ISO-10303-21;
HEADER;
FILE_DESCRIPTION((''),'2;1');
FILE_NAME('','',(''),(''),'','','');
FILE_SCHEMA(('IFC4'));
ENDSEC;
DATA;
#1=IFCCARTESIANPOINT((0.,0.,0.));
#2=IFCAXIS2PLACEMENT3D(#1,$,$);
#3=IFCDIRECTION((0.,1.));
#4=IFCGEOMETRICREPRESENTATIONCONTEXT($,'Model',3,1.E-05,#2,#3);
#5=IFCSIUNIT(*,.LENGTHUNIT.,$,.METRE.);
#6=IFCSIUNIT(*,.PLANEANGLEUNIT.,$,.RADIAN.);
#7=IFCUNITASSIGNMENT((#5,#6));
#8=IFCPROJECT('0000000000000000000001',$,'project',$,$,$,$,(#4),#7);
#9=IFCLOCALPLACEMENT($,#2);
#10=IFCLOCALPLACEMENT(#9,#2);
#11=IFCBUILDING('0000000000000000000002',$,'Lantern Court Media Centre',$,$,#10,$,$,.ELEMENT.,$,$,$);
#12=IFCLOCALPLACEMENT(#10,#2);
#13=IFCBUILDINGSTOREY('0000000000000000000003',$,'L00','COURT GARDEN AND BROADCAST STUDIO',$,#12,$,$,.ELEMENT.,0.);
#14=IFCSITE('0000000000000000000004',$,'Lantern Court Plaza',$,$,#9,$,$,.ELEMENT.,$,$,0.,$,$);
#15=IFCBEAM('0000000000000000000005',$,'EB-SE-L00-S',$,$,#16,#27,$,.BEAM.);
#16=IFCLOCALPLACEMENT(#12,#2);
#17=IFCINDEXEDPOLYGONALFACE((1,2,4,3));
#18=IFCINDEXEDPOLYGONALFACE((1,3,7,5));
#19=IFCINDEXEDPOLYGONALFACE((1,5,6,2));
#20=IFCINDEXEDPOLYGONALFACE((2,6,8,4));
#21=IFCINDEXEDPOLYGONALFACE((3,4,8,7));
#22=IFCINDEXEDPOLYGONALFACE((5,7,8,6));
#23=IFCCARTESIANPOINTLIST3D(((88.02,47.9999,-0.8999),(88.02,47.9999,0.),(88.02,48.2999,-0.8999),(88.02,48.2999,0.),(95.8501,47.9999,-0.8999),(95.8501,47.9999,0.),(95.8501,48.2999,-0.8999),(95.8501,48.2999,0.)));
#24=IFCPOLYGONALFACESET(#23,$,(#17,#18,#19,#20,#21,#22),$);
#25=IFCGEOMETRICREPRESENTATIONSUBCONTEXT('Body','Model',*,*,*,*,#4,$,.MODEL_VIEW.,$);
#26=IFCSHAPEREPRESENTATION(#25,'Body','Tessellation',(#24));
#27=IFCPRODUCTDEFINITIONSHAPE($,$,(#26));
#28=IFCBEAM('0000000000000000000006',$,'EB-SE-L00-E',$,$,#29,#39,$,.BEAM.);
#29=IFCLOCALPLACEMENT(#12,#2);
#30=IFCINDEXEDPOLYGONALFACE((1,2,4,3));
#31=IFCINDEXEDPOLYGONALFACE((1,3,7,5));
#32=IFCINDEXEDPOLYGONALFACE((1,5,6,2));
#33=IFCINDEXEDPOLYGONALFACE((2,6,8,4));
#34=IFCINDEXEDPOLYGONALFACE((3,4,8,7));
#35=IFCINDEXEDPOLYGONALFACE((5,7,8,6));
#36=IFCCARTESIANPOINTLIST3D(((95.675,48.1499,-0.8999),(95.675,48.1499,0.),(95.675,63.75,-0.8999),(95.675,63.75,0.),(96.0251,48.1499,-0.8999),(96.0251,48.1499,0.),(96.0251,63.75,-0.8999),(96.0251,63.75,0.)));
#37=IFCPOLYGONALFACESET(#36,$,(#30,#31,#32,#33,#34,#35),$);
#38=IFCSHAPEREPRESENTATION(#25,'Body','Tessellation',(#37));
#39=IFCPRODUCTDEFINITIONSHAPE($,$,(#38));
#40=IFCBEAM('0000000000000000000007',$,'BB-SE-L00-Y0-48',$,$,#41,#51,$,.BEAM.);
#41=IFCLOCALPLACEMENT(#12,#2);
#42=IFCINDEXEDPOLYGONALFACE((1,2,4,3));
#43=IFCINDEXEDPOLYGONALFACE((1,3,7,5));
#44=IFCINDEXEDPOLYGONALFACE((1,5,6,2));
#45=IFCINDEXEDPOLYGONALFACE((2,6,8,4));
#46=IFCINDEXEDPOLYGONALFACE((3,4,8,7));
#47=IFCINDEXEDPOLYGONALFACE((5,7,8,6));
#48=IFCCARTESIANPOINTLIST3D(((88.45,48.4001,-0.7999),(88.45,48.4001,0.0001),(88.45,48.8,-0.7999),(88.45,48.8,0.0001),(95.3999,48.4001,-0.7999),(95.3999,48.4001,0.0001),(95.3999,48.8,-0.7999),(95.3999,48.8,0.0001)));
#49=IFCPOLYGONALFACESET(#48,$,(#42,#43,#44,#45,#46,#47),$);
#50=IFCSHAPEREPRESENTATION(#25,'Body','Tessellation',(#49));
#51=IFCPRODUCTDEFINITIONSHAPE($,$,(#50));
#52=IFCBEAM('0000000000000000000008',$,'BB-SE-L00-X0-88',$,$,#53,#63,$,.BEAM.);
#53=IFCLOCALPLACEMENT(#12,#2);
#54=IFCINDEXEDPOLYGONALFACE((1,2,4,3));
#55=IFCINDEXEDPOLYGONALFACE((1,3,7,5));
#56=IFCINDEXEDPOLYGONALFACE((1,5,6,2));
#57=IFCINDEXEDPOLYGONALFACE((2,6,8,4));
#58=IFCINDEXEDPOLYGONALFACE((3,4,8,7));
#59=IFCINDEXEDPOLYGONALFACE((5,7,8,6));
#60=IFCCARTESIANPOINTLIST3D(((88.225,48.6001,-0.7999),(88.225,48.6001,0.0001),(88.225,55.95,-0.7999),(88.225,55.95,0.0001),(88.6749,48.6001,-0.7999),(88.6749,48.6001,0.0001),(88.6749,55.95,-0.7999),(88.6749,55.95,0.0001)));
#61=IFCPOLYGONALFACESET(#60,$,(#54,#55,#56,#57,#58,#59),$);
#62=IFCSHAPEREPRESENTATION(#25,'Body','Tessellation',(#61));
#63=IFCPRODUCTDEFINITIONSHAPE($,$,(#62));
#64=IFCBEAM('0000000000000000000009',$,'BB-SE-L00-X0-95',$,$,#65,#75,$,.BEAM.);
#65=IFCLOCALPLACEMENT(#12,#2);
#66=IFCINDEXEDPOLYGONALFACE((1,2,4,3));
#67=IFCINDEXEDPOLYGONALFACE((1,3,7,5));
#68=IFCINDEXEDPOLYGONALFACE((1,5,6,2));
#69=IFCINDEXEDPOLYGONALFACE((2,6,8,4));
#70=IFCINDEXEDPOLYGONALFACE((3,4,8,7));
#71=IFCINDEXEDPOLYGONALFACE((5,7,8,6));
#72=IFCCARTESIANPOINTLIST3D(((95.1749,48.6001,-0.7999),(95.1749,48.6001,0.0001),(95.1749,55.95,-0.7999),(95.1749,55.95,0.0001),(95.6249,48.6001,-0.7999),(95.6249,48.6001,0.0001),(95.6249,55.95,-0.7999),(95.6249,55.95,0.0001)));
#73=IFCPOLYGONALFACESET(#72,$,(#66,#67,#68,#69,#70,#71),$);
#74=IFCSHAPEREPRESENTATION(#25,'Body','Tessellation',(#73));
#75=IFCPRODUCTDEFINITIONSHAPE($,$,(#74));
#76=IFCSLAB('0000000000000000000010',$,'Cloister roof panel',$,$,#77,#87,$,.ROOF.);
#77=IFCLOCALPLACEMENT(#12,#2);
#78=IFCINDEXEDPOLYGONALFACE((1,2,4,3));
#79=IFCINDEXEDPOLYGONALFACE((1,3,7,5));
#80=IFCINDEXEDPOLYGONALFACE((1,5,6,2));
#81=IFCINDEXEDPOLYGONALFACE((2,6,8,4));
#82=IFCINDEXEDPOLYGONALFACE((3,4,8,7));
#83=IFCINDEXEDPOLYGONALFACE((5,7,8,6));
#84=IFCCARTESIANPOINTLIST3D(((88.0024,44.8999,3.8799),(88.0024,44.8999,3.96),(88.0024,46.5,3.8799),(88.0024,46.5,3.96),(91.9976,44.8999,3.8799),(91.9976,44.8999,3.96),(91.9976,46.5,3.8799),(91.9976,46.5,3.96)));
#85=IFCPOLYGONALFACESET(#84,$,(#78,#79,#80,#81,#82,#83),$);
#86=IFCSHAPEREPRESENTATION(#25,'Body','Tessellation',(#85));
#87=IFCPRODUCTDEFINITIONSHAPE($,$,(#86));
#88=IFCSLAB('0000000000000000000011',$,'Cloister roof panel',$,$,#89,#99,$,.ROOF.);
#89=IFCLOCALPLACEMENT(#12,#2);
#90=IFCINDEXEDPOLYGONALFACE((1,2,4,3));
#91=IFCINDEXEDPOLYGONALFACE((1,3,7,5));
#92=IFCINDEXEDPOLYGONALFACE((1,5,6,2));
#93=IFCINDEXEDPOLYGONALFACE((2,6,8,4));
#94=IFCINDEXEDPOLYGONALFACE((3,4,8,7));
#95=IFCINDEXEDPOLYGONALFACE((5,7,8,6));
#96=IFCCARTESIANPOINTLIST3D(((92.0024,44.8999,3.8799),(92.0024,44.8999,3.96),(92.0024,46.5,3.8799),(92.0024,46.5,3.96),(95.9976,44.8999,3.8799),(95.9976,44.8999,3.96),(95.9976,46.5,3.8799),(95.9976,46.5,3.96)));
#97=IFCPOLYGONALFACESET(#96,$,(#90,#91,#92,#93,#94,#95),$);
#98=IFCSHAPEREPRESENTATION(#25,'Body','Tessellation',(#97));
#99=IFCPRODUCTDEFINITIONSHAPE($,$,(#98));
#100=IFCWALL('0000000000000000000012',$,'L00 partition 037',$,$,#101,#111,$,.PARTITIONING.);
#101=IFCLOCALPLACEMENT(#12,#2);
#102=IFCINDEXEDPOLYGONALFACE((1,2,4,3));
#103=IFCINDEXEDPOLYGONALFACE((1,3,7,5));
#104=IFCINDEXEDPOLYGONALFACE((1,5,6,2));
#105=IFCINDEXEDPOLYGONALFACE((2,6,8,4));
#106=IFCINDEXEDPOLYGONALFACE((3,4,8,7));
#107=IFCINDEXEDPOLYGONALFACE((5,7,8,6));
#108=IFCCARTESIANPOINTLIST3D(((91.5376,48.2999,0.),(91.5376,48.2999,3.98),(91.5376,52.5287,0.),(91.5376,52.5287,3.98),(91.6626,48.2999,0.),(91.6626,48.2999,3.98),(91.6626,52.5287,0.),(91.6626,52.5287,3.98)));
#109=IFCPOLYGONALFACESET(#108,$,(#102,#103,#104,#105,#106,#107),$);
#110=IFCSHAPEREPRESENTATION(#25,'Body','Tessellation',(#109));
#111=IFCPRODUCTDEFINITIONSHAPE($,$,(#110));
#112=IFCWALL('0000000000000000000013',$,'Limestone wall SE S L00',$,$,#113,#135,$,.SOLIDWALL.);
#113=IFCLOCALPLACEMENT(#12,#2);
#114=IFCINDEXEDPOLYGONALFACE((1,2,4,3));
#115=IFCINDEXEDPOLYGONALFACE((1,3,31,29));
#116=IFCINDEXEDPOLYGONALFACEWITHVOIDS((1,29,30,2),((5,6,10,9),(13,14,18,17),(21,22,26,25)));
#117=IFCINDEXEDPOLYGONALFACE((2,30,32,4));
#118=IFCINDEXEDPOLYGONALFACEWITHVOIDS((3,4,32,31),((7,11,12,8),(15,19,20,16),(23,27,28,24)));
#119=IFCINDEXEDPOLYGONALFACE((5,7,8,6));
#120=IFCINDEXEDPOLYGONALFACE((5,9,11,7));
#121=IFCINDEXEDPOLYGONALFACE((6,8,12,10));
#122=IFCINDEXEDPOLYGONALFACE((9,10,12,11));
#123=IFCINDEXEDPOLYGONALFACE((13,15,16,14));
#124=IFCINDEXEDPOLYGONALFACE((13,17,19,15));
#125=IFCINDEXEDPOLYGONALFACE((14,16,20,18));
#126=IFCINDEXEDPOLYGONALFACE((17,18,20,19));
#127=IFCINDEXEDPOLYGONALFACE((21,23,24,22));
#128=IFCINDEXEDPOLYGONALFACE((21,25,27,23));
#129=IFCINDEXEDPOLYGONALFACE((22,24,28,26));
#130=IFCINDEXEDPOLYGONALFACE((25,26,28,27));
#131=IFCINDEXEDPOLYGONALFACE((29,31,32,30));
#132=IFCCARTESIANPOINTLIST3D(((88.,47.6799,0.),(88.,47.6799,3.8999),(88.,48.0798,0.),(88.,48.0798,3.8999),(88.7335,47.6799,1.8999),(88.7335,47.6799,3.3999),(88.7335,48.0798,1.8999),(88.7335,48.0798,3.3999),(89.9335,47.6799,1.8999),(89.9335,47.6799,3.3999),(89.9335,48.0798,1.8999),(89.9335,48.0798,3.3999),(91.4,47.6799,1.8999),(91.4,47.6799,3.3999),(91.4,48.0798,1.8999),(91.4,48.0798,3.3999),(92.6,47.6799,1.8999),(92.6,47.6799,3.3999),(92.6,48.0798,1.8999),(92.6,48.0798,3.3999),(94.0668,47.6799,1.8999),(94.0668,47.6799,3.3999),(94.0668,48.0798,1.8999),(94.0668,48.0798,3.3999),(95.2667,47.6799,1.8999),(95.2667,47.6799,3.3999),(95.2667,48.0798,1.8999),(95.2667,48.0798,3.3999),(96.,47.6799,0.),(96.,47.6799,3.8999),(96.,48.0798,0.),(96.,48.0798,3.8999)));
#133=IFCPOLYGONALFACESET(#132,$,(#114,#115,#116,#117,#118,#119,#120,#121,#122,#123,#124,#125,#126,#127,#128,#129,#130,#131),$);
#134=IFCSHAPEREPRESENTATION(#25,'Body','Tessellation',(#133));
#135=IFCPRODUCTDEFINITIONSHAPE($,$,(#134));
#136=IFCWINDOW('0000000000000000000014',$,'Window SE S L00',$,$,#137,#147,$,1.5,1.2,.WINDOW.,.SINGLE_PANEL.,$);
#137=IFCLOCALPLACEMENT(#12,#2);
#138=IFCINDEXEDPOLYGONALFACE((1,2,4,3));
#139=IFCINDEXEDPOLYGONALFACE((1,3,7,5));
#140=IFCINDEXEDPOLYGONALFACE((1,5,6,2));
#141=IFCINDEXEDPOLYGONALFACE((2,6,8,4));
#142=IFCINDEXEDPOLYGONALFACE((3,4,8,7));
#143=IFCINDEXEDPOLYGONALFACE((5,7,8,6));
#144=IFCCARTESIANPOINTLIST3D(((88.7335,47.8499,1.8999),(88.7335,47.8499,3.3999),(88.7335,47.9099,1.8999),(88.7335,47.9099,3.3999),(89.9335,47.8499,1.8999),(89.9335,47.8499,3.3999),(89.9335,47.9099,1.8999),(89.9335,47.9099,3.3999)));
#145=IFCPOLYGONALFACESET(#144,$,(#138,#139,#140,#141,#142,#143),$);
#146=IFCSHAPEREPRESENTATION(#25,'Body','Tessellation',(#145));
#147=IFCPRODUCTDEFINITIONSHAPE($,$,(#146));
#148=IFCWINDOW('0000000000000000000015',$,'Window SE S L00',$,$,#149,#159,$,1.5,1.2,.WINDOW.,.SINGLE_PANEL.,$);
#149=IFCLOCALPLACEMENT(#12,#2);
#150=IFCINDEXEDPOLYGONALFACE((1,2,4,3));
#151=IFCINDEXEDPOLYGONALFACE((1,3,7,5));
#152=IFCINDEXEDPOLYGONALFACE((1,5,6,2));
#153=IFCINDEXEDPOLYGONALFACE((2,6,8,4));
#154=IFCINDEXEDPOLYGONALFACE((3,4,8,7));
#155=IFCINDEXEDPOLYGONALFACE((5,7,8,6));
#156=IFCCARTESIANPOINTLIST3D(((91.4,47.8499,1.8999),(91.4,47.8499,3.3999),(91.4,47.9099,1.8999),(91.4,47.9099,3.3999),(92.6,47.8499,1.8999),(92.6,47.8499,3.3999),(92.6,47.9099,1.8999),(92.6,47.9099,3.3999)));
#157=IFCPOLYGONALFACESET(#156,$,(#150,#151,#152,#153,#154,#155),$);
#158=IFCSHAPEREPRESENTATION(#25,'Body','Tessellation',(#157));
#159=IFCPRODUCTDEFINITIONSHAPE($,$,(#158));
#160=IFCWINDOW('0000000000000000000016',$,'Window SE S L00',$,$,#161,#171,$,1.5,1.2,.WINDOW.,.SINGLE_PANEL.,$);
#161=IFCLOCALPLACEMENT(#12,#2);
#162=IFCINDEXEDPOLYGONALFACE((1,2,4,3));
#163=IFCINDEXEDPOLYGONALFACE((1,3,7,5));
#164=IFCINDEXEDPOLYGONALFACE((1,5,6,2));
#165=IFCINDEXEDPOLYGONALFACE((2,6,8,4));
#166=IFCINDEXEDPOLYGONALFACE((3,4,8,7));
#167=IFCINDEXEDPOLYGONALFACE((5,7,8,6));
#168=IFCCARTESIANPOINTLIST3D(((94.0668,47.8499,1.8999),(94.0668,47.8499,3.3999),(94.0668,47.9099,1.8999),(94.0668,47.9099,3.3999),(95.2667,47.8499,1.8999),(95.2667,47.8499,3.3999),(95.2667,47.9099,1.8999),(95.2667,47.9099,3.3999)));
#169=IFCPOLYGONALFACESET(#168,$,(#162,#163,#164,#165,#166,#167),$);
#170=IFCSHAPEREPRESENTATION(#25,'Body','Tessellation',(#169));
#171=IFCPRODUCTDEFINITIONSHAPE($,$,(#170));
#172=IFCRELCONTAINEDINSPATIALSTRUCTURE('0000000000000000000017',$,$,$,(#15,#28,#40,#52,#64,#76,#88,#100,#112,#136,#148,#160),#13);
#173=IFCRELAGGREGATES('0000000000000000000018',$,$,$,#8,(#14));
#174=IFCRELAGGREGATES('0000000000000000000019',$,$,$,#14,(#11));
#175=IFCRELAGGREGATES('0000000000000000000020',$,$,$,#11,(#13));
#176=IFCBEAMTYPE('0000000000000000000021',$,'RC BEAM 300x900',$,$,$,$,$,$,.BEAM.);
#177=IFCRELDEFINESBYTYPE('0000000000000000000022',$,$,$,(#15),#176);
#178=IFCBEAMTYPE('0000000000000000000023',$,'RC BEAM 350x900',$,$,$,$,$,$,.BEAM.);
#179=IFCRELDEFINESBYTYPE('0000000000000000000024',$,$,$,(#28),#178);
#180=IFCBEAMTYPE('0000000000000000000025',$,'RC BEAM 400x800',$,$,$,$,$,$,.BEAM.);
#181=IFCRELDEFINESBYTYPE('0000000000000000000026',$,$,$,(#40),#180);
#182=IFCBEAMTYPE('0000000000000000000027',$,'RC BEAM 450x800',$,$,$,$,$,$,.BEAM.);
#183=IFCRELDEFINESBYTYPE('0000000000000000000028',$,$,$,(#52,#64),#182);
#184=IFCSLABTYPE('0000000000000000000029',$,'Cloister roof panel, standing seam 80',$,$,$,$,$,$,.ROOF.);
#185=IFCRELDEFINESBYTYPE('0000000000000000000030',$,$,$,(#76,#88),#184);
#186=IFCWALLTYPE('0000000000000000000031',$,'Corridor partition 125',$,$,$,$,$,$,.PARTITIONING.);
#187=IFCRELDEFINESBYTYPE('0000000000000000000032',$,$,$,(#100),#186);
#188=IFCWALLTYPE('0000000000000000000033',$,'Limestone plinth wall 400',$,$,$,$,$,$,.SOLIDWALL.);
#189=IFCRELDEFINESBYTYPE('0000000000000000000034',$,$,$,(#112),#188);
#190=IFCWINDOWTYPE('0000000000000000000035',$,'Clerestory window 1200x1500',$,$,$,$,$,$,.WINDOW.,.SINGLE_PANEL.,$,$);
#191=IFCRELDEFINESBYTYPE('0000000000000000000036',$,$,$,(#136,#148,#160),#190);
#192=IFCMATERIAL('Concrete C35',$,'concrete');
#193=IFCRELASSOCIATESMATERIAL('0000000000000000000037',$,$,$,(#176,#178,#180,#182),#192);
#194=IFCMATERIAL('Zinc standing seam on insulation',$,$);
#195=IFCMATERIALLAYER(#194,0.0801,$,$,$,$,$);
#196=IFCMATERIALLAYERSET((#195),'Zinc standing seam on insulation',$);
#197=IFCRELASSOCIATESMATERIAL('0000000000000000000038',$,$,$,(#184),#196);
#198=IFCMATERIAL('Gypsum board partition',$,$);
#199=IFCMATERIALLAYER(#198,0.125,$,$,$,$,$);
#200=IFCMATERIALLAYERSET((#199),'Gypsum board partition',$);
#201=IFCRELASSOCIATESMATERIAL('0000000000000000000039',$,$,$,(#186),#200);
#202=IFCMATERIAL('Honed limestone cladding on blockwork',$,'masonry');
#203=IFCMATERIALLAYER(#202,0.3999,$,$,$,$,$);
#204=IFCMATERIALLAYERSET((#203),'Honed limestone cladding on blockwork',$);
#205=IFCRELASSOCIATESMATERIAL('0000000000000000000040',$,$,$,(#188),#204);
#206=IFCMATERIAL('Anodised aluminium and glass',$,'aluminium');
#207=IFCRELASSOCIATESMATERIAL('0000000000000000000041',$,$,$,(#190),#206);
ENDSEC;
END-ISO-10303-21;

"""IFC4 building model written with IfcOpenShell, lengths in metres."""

from ifc_helpers import new_model, si_unit, direction, frame, frame_2d, origin, origin_2d, place, context, subcontext, project, spatial, polyline, rectangle, outline, extrude, material, layer, layer_set, material_profile, profile_set, type_object, element, fill, save


model = new_model("IFC4")

# Units and contexts
model_context = context("Model", 3, precision=1e-05, world=origin(), true_north=direction((0.0, 1.0)))
body_context = subcontext(model_context, "Body", "Model", "MODEL_VIEW")
ifc_project = project(units=[si_unit("LENGTHUNIT", "METRE"), si_unit("PLANEANGLEUNIT", "RADIAN")], contexts=[model_context])

# Site, building, storey
site_placement = place(None, origin())
site = spatial("IfcSite", under=ifc_project, at=site_placement, Name="Lantern Court Plaza", CompositionType="ELEMENT", RefElevation=0.0)
building_placement = place(site_placement, origin())
building = spatial("IfcBuilding", under=site, at=building_placement, Name="Lantern Court Media Centre", CompositionType="ELEMENT")
storey_placement = place(building_placement, origin())
storey = spatial("IfcBuildingStorey", under=building, at=storey_placement, Name="L00", Description="COURT GARDEN AND BROADCAST STUDIO", CompositionType="ELEMENT", Elevation=0.0)

# Shared definitions
ifc_material_1 = material(Name="Concrete C35", Category="concrete")

# Beams
ifc_material_profile_1 = material_profile(ifc_material_1, rectangle(XDim=0.3, YDim=0.8999, at=origin_2d()), Name="RC 300x900")
ifc_profile_set_1 = profile_set([ifc_material_profile_1], Name="Concrete C35")
beam_type_1 = type_object("IfcBeamType", Name="RC BEAM 300x900", PredefinedType="BEAM", material=ifc_profile_set_1)
beam_1_placement = place(storey_placement, frame((88.02, 48.1499, -0.45), z_axis=(1.0, 0.0, 0.0), x_axis=(0.0, 1.0, 0.0)))
element("IfcBeam", 1, at=beam_1_placement, inside=storey, type_object=beam_type_1, Name="EB-SE-L00-S", PredefinedType="BEAM", context=body_context, shape_type="SweptSolid", body=[
    extrude(rectangle(XDim=0.3, YDim=0.8999, at=origin_2d()), origin(), (0.0, 0.0, 1.0), 7.8301),
])
ifc_material_profile_2 = material_profile(ifc_material_1, rectangle(XDim=0.3501, YDim=0.8999, at=origin_2d()), Name="RC 350x900")
ifc_profile_set_2 = profile_set([ifc_material_profile_2], Name="Concrete C35")
beam_type_2 = type_object("IfcBeamType", Name="RC BEAM 350x900", PredefinedType="BEAM", material=ifc_profile_set_2)
beam_2_placement = place(storey_placement, frame((95.8501, 48.1499, -0.45), z_axis=(0.0, 1.0, 0.0), x_axis=(-1.0, 0.0, 0.0)))
element("IfcBeam", 2, at=beam_2_placement, inside=storey, type_object=beam_type_2, Name="EB-SE-L00-E", PredefinedType="BEAM", context=body_context, shape_type="SweptSolid", body=[
    extrude(rectangle(XDim=0.3501, YDim=0.8999, at=origin_2d()), origin(), (0.0, 0.0, 1.0), 15.6001),
])
ifc_material_profile_3 = material_profile(ifc_material_1, rectangle(XDim=0.3999, YDim=0.8, at=origin_2d()), Name="RC 400x800")
ifc_profile_set_3 = profile_set([ifc_material_profile_3], Name="Concrete C35")
beam_type_3 = type_object("IfcBeamType", Name="RC BEAM 400x800", PredefinedType="BEAM", material=ifc_profile_set_3)
beam_3_placement = place(storey_placement, frame((88.45, 48.6001, -0.3999), z_axis=(1.0, 0.0, 0.0), x_axis=(0.0, 1.0, 0.0)))
element("IfcBeam", 3, at=beam_3_placement, inside=storey, type_object=beam_type_3, Name="BB-SE-L00-Y0-48", PredefinedType="BEAM", context=body_context, shape_type="SweptSolid", body=[
    extrude(rectangle(XDim=0.3999, YDim=0.8, at=origin_2d()), origin(), (0.0, 0.0, 1.0), 6.95),
])
ifc_material_profile_4 = material_profile(ifc_material_1, rectangle(XDim=0.45, YDim=0.8, at=origin_2d()), Name="RC 450x800")
ifc_profile_set_4 = profile_set([ifc_material_profile_4], Name="Concrete C35")
beam_type_4 = type_object("IfcBeamType", Name="RC BEAM 450x800", PredefinedType="BEAM", material=ifc_profile_set_4)
for number, where, z_axis, x_axis, name in (
    (4, (88.45, 48.6001, -0.3999), (0.0, 1.0, 0.0), (-1.0, 0.0, 0.0), "BB-SE-L00-X0-88"),
    (5, (95.3999, 48.6001, -0.3999), (0.0, 1.0, 0.0), (-1.0, 0.0, 0.0), "BB-SE-L00-X0-95"),
):
    element("IfcBeam", number, at=place(storey_placement, frame(where, z_axis=z_axis, x_axis=x_axis)), inside=storey, type_object=beam_type_4, Name=name, PredefinedType="BEAM", context=body_context, shape_type="SweptSolid", body=[
        extrude(rectangle(XDim=0.45, YDim=0.8, at=origin_2d()), origin(), (0.0, 0.0, 1.0), 7.3499),
    ])

# Slabs
ifc_material_2 = material(Name="Zinc standing seam on insulation")
ifc_layer_1 = layer(ifc_material_2, 0.0801)
ifc_layer_set_1 = layer_set([ifc_layer_1], Name="Zinc standing seam on insulation")
slab_type = type_object("IfcSlabType", Name="Cloister roof panel, standing seam 80", PredefinedType="ROOF", material=ifc_layer_set_1)
for number, where, z_axis, x_axis, name in (
    (6, (88.0024, 44.8999, 3.96), (0.0, 0.0, 1.0), (1.0, 0.0, 0.0), "Cloister roof panel"),
    (7, (92.0024, 44.8999, 3.96), (0.0, 0.0, 1.0), (1.0, 0.0, 0.0), "Cloister roof panel"),
):
    element("IfcSlab", number, at=place(storey_placement, frame(where, z_axis=z_axis, x_axis=x_axis)), inside=storey, type_object=slab_type, Name=name, PredefinedType="ROOF", context=body_context, shape_type="SweptSolid", body=[
        extrude(outline(polyline([(0.0, 0.0), (3.9951, 0.0), (3.9951, 1.6001), (0.0, 1.6001), (0.0, 0.0)])), origin(), (0.0, 0.0, -1.0), 0.0801),
    ])

# Wall
ifc_material_3 = material(Name="Gypsum board partition")
ifc_layer_2 = layer(ifc_material_3, 0.125)
ifc_layer_set_2 = layer_set([ifc_layer_2], Name="Gypsum board partition")
wall_type_1 = type_object("IfcWallType", Name="Corridor partition 125", PredefinedType="PARTITIONING", material=ifc_layer_set_2)
wall_1_placement = place(storey_placement, frame((91.6001, 48.3, 0.0), z_axis=(0.0, 0.0, 1.0), x_axis=(0.0, 1.0, 0.0)))
element("IfcWall", 8, at=wall_1_placement, inside=storey, type_object=wall_type_1, Name="L00 partition 037", PredefinedType="PARTITIONING", context=body_context, shape_type="SweptSolid", body=[
    extrude(rectangle(XDim=4.2288, YDim=0.125, at=frame_2d((2.1143, 0.0))), origin(), (0.0, 0.0, 1.0), 3.98),
])

# Wall, openings, windows
ifc_material_4 = material(Name="Honed limestone cladding on blockwork", Category="masonry")
ifc_layer_3 = layer(ifc_material_4, 0.3999)
ifc_layer_set_3 = layer_set([ifc_layer_3], Name="Honed limestone cladding on blockwork")
wall_type_2 = type_object("IfcWallType", Name="Limestone plinth wall 400", PredefinedType="SOLIDWALL", material=ifc_layer_set_3)
wall_2_placement = place(storey_placement, frame((88.0, 47.8799, 0.0), z_axis=(0.0, 0.0, 1.0), x_axis=(1.0, 0.0, 0.0)))
wall_2 = element("IfcWall", 9, at=wall_2_placement, inside=storey, type_object=wall_type_2, Name="Limestone wall SE S L00", PredefinedType="SOLIDWALL", context=body_context, shape_type="SweptSolid", body=[
    extrude(rectangle(XDim=8.0, YDim=0.3999, at=frame_2d((4.0, 0.0))), origin(), (0.0, 0.0, 1.0), 3.8999),
])
opening_1_placement = place(wall_2_placement, frame((0.7334, 0.0, 1.8999)))
opening_1 = element("IfcOpeningElement", 10, at=opening_1_placement, cuts=wall_2, PredefinedType="OPENING", context=body_context, shape_type="SweptSolid", body=[
    extrude(rectangle(XDim=1.2, YDim=1.5, at=frame_2d((0.6001, 0.75))), frame((0.0, 0.21, 0.0), z_axis=(0.0, -1.0, 0.0), x_axis=(1.0, 0.0, 0.0)), (0.0, 0.0, 1.0), 0.4199),
])
opening_2_placement = place(wall_2_placement, frame((3.3999, 0.0, 1.8999)))
opening_2 = element("IfcOpeningElement", 11, at=opening_2_placement, cuts=wall_2, PredefinedType="OPENING", context=body_context, shape_type="SweptSolid", body=[
    extrude(rectangle(XDim=1.2, YDim=1.5, at=frame_2d((0.6001, 0.75))), frame((0.0, 0.21, 0.0), z_axis=(0.0, -1.0, 0.0), x_axis=(1.0, 0.0, 0.0)), (0.0, 0.0, 1.0), 0.4199),
])
opening_3_placement = place(wall_2_placement, frame((6.0667, 0.0, 1.8999)))
opening_3 = element("IfcOpeningElement", 12, at=opening_3_placement, cuts=wall_2, PredefinedType="OPENING", context=body_context, shape_type="SweptSolid", body=[
    extrude(rectangle(XDim=1.2, YDim=1.5, at=frame_2d((0.6001, 0.75))), frame((0.0, 0.21, 0.0), z_axis=(0.0, -1.0, 0.0), x_axis=(1.0, 0.0, 0.0)), (0.0, 0.0, 1.0), 0.4199),
])
ifc_material_5 = material(Name="Anodised aluminium and glass", Category="aluminium")
window_type = type_object("IfcWindowType", Name="Clerestory window 1200x1500", PartitioningType="SINGLE_PANEL", PredefinedType="WINDOW", material=ifc_material_5)
window_1_placement = place(opening_1_placement, origin())
window_1 = element("IfcWindow", 13, at=window_1_placement, inside=storey, type_object=window_type, Name="Window SE S L00", OverallHeight=1.5, OverallWidth=1.2, PartitioningType="SINGLE_PANEL", PredefinedType="WINDOW", context=body_context, shape_type="SweptSolid", body=[
    extrude(rectangle(XDim=1.2, YDim=1.5, at=frame_2d((0.6001, 0.75))), frame((0.0, 0.03, 0.0), z_axis=(0.0, -1.0, 0.0), x_axis=(1.0, 0.0, 0.0)), (0.0, 0.0, 1.0), 0.0601),
])
fill(opening_1, window_1)
window_2_placement = place(opening_2_placement, origin())
window_2 = element("IfcWindow", 14, at=window_2_placement, inside=storey, type_object=window_type, Name="Window SE S L00", OverallHeight=1.5, OverallWidth=1.2, PartitioningType="SINGLE_PANEL", PredefinedType="WINDOW", context=body_context, shape_type="SweptSolid", body=[
    extrude(rectangle(XDim=1.2, YDim=1.5, at=frame_2d((0.6001, 0.75))), frame((0.0, 0.03, 0.0), z_axis=(0.0, -1.0, 0.0), x_axis=(1.0, 0.0, 0.0)), (0.0, 0.0, 1.0), 0.0601),
])
fill(opening_2, window_2)
window_3_placement = place(opening_3_placement, origin())
window_3 = element("IfcWindow", 15, at=window_3_placement, inside=storey, type_object=window_type, Name="Window SE S L00", OverallHeight=1.5, OverallWidth=1.2, PartitioningType="SINGLE_PANEL", PredefinedType="WINDOW", context=body_context, shape_type="SweptSolid", body=[
    extrude(rectangle(XDim=1.2, YDim=1.5, at=frame_2d((0.6001, 0.75))), frame((0.0, 0.03, 0.0), z_axis=(0.0, -1.0, 0.0), x_axis=(1.0, 0.0, 0.0)), (0.0, 0.0, 1.0), 0.0601),
])
fill(opening_3, window_3)

save(model, "model.ifc")
